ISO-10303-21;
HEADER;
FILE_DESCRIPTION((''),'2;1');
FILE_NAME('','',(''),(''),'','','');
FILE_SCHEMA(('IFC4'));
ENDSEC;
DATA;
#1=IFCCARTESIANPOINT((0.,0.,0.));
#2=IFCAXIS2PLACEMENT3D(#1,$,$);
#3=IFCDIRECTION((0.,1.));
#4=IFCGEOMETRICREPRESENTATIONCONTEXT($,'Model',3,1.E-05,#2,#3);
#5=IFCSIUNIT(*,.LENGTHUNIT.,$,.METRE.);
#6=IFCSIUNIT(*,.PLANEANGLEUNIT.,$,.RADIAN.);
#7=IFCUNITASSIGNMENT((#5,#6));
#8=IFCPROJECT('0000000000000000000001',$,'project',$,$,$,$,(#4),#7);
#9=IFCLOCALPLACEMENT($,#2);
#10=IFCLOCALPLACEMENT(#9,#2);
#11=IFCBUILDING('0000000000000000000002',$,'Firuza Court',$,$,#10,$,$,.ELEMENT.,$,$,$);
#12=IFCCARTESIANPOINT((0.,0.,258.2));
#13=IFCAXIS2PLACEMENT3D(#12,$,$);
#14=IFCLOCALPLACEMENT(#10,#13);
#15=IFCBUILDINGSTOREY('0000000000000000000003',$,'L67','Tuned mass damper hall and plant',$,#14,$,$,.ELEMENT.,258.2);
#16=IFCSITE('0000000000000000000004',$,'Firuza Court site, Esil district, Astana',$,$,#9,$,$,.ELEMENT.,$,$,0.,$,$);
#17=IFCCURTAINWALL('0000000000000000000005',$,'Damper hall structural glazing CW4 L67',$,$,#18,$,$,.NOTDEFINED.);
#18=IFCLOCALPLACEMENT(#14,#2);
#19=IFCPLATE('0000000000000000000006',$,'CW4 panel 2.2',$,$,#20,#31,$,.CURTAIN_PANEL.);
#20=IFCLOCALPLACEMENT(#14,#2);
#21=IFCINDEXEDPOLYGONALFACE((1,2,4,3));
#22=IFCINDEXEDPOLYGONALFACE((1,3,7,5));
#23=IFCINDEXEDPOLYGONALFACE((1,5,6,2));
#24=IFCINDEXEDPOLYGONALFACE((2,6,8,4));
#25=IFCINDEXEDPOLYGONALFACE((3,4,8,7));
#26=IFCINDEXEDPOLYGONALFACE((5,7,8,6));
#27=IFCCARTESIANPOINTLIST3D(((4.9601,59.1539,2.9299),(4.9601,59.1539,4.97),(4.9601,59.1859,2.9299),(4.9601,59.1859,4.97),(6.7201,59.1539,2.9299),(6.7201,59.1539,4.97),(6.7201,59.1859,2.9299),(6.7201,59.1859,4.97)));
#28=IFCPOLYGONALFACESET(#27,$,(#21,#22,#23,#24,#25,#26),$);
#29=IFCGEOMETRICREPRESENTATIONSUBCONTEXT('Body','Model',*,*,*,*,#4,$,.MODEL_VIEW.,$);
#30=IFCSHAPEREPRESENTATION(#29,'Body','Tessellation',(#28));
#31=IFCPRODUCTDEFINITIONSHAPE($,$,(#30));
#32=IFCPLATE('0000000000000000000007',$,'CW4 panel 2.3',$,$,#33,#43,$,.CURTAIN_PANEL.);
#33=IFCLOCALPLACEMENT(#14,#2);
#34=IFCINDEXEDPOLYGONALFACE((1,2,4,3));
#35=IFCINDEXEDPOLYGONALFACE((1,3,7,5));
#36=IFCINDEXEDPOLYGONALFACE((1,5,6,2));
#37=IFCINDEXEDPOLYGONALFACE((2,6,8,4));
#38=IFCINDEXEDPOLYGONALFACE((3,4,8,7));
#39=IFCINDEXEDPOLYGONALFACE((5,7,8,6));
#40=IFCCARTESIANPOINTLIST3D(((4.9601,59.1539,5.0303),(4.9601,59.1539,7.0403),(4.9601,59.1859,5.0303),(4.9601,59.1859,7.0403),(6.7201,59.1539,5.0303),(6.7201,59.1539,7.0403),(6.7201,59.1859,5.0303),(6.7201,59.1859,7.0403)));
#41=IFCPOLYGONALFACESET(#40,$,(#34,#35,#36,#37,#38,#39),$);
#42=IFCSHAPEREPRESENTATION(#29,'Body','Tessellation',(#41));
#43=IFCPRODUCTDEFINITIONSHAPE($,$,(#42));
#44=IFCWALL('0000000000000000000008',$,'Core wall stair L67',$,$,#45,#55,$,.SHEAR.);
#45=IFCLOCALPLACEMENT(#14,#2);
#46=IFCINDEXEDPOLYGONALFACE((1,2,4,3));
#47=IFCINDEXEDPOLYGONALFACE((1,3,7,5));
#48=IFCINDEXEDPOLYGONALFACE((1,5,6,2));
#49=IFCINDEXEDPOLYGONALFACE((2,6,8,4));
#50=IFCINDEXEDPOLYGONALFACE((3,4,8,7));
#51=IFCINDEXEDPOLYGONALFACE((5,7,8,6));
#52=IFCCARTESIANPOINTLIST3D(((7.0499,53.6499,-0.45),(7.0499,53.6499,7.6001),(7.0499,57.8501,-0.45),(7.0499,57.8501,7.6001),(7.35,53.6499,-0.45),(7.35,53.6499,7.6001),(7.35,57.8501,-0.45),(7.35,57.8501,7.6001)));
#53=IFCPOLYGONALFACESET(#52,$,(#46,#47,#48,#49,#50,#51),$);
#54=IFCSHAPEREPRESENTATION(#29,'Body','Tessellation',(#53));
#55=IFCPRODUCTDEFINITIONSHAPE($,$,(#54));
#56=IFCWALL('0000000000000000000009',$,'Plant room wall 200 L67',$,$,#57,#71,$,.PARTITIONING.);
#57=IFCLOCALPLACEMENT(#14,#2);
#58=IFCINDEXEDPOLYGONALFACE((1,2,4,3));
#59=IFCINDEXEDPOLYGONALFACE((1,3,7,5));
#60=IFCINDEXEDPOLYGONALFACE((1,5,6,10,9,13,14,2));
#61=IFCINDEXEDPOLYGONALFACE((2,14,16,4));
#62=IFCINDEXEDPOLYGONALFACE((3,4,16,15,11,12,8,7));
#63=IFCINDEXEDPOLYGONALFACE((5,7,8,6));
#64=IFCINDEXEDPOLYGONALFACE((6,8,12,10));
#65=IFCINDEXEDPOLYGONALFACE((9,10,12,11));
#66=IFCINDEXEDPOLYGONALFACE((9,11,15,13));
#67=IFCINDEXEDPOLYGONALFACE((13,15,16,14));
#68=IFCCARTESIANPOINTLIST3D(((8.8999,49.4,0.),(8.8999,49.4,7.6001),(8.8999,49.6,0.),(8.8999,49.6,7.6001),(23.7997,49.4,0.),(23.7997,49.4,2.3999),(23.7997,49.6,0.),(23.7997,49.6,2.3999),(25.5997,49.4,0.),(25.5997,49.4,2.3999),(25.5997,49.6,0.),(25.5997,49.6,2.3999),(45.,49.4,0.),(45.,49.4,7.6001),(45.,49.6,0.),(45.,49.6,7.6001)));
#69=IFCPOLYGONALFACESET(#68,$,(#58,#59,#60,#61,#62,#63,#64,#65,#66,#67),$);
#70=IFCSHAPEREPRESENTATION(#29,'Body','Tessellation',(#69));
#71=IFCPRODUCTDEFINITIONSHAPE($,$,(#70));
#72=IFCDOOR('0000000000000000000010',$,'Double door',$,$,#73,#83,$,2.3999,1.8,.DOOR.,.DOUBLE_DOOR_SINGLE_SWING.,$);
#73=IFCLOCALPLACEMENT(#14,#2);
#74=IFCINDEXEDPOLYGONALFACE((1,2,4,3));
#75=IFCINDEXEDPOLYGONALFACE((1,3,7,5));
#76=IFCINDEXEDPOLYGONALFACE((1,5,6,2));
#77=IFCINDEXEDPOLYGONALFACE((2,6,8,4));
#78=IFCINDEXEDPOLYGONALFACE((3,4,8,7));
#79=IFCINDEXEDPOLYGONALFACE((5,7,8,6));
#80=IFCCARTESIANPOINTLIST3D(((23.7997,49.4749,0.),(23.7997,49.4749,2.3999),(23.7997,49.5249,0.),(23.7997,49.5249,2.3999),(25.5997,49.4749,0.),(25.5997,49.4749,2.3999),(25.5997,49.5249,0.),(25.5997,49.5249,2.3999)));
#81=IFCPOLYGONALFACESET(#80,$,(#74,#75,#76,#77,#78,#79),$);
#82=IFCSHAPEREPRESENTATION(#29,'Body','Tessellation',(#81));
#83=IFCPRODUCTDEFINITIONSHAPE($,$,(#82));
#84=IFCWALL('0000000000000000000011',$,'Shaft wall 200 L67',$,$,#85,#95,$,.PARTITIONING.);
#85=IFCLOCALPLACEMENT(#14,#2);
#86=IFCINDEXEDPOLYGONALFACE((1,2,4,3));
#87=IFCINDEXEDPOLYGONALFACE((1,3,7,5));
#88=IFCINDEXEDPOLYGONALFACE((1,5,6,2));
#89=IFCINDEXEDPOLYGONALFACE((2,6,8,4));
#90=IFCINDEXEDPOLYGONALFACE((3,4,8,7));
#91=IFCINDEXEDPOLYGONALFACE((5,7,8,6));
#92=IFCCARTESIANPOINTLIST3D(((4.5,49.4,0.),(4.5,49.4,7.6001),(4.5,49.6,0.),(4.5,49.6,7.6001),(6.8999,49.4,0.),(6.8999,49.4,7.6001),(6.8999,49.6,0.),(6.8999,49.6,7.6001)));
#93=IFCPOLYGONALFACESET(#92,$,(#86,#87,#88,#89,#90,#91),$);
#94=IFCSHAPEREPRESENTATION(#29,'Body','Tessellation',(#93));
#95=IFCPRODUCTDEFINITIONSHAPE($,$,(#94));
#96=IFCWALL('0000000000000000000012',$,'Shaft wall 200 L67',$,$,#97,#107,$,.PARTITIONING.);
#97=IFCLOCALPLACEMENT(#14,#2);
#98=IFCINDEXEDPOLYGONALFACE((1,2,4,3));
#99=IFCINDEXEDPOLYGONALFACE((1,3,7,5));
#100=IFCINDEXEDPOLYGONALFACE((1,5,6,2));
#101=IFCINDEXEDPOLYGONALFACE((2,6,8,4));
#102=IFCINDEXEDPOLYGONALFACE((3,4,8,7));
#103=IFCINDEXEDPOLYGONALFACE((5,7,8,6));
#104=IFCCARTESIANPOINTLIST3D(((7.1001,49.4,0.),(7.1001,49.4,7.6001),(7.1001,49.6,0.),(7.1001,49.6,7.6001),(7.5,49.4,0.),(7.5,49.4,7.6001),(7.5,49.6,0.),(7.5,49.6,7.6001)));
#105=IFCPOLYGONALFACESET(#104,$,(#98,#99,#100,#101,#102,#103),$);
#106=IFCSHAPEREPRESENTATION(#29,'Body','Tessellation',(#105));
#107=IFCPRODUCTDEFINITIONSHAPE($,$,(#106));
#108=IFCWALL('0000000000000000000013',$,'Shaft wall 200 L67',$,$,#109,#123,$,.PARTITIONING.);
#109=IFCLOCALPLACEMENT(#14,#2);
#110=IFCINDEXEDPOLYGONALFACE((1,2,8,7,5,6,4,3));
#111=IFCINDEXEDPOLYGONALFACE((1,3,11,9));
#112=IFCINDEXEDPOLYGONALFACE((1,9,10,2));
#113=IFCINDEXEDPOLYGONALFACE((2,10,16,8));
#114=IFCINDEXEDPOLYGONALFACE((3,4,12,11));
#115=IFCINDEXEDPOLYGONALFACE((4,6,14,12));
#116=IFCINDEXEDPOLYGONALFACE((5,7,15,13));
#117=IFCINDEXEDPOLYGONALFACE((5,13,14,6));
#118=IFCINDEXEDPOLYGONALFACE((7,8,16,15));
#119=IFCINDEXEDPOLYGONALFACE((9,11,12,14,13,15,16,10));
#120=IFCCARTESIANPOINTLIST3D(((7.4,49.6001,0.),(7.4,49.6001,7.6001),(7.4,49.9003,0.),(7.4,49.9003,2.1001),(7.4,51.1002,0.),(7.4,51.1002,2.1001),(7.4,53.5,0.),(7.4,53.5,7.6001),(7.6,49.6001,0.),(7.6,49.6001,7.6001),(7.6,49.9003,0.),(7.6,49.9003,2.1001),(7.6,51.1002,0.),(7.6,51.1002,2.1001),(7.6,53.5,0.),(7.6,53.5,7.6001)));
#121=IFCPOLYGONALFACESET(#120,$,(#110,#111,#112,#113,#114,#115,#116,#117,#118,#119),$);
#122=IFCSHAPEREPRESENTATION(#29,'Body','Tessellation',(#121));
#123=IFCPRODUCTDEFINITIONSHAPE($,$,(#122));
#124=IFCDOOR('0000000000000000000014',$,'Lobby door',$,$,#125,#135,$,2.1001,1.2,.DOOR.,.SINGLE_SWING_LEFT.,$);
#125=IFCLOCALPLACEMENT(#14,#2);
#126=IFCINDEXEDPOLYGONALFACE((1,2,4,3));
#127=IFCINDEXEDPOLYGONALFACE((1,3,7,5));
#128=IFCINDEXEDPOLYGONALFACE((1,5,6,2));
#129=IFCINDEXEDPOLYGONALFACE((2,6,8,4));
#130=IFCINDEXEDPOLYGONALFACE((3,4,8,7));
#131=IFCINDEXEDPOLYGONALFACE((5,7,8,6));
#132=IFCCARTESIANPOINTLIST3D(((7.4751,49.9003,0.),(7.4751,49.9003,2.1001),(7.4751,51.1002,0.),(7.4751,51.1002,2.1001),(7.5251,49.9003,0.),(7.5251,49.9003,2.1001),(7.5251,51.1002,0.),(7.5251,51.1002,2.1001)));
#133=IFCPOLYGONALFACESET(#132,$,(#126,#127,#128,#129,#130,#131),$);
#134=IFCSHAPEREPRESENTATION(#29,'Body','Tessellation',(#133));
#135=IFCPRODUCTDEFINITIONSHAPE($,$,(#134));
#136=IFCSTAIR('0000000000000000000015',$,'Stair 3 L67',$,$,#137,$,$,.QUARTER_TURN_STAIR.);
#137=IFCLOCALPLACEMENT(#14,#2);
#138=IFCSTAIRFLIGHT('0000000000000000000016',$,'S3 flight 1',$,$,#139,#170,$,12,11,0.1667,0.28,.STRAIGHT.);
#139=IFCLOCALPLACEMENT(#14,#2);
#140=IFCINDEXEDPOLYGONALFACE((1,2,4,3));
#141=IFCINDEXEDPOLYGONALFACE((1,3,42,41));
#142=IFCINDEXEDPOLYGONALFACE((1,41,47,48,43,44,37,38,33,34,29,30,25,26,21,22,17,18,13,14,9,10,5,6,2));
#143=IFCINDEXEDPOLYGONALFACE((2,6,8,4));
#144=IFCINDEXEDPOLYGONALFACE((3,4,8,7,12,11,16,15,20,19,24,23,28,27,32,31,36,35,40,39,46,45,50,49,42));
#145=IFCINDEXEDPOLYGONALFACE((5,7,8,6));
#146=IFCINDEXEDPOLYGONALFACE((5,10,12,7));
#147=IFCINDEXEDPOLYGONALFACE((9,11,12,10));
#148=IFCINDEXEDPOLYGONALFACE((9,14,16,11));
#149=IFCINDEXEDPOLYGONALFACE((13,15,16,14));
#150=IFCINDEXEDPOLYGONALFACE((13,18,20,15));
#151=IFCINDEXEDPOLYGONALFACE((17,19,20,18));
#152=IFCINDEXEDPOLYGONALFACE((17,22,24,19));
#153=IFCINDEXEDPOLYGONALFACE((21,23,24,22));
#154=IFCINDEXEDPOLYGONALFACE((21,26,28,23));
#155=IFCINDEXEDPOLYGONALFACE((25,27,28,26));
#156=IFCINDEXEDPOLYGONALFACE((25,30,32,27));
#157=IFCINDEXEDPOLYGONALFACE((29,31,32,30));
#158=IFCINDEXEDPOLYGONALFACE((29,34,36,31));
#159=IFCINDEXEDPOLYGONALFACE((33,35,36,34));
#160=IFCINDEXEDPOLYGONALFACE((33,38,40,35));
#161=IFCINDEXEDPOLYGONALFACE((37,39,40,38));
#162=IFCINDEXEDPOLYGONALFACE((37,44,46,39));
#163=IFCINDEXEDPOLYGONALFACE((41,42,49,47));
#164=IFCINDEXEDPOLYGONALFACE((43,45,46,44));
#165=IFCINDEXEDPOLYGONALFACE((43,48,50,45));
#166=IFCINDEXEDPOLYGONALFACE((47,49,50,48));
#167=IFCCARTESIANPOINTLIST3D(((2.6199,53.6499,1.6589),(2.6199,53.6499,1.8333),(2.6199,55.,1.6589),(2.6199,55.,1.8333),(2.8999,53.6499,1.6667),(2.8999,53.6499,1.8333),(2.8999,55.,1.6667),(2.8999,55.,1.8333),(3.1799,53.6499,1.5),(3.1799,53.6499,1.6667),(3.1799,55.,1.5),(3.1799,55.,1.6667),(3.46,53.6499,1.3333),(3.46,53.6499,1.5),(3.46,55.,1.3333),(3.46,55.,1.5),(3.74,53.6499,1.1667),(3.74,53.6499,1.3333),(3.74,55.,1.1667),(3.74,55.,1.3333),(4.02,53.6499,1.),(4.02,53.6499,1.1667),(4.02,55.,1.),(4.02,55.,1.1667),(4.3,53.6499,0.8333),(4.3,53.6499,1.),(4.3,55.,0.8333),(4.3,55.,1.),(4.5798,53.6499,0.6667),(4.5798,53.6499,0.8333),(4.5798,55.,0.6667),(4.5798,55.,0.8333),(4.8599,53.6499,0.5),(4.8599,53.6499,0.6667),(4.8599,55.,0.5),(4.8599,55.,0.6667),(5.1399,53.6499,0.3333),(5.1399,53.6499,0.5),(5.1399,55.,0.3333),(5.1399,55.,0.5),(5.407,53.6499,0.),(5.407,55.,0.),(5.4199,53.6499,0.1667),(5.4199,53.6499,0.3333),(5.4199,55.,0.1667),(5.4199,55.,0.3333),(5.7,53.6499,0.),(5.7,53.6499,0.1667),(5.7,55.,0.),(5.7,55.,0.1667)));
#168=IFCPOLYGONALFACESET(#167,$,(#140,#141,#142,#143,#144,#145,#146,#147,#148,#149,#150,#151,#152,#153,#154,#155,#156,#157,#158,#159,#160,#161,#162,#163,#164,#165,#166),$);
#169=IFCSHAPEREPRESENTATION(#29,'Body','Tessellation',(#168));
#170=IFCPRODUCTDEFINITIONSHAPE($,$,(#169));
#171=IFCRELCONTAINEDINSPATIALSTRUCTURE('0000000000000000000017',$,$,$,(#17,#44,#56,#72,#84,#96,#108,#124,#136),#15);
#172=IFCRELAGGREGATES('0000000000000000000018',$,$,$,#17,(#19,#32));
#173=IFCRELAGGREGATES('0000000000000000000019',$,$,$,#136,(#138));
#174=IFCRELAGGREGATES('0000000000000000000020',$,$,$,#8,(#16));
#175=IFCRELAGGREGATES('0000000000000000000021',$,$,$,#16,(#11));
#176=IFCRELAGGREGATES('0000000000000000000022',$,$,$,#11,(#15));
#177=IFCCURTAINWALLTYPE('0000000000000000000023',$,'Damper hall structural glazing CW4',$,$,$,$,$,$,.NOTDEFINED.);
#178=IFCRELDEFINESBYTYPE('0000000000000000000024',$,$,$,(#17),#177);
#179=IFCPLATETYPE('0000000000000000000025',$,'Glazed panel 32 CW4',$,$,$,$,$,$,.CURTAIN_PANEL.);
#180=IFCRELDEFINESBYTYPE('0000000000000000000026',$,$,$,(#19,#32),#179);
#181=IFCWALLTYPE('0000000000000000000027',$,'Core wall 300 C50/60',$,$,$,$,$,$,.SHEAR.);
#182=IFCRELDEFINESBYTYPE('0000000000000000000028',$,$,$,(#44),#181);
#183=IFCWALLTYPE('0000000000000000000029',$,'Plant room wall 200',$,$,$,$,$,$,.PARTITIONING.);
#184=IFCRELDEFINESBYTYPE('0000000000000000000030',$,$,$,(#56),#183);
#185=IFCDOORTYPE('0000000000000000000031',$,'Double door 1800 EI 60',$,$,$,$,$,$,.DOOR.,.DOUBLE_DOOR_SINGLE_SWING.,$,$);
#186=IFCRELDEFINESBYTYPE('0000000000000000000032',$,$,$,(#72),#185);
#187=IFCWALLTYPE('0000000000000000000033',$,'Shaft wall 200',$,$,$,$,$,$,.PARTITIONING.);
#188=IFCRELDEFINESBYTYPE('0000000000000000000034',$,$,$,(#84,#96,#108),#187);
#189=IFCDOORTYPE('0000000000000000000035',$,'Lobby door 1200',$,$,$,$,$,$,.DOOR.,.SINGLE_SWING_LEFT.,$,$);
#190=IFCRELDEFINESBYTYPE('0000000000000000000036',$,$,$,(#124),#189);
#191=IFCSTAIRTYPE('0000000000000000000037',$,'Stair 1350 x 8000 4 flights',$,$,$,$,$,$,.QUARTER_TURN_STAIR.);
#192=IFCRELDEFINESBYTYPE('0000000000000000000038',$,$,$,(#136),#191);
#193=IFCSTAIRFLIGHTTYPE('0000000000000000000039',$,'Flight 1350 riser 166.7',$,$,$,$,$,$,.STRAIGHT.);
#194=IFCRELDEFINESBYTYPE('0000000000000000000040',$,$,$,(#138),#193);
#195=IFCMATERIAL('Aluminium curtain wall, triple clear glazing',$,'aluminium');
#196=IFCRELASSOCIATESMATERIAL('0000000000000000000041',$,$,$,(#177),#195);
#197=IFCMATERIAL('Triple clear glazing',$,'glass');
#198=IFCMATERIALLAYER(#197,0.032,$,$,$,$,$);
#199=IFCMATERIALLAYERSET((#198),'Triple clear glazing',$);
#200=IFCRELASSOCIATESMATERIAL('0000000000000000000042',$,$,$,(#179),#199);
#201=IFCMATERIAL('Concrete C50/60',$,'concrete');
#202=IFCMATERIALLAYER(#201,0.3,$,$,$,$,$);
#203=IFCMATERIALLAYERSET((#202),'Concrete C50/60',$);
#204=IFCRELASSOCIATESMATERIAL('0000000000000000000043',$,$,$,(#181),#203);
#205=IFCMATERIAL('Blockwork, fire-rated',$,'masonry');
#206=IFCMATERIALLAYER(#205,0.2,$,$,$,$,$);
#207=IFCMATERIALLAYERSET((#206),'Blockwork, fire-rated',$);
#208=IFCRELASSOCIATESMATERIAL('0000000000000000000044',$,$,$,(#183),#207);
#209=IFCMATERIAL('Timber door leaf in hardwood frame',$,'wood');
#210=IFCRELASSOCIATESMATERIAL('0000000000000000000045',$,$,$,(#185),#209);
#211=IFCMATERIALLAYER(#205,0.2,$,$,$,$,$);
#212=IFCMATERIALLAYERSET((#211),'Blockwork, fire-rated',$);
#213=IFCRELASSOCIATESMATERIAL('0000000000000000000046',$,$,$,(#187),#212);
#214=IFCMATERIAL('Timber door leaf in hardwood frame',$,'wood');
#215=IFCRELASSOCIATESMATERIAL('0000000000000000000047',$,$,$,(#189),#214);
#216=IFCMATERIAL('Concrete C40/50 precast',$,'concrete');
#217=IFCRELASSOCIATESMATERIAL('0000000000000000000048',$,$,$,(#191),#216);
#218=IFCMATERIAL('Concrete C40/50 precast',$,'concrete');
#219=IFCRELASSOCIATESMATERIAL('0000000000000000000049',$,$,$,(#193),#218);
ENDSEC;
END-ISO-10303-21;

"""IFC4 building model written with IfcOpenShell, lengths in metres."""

from ifc_helpers import new_model, si_unit, direction, frame, frame_2d, origin, origin_2d, place, context, subcontext, project, spatial, polyline, rectangle, outline, extrude, material, layer, layer_set, type_object, element, fill, aggregate, save


model = new_model("IFC4")

# Units and contexts
model_context = context("Model", 3, precision=1e-05, world=origin(), true_north=direction((0.0, 1.0)))
body_context = subcontext(model_context, "Body", "Model", "MODEL_VIEW")
ifc_project = project(units=[si_unit("LENGTHUNIT", "METRE"), si_unit("PLANEANGLEUNIT", "RADIAN")], contexts=[model_context])

# Site, building, storey
site_placement = place(None, origin())
site = spatial("IfcSite", under=ifc_project, at=site_placement, Name="Firuza Court site, Esil district, Astana", CompositionType="ELEMENT", RefElevation=0.0)
building_placement = place(site_placement, origin())
building = spatial("IfcBuilding", under=site, at=building_placement, Name="Firuza Court", CompositionType="ELEMENT")
storey_placement = place(building_placement, frame((0.0, 0.0, 258.2)))
storey = spatial("IfcBuildingStorey", under=building, at=storey_placement, Name="L67", Description="Tuned mass damper hall and plant", CompositionType="ELEMENT", Elevation=258.2)

# Curtain wall
ifc_material_1 = material(Name="Aluminium curtain wall, triple clear glazing", Category="aluminium")
curtain_wall_type = type_object("IfcCurtainWallType", Name="Damper hall structural glazing CW4", PredefinedType="NOTDEFINED", material=ifc_material_1)
curtain_wall_1_placement = place(storey_placement, origin())
curtain_wall_1 = element("IfcCurtainWall", 1, at=curtain_wall_1_placement, inside=storey, type_object=curtain_wall_type, Name="Damper hall structural glazing CW4 L67", PredefinedType="NOTDEFINED")

# Plates
ifc_material_2 = material(Name="Triple clear glazing", Category="glass")
ifc_layer_1 = layer(ifc_material_2, 0.032)
ifc_layer_set_1 = layer_set([ifc_layer_1], Name="Triple clear glazing")
plate_type = type_object("IfcPlateType", Name="Glazed panel 32 CW4", PredefinedType="CURTAIN_PANEL", material=ifc_layer_set_1)
plate_1_placement = place(storey_placement, frame((5.8401, 59.1699, 2.9299), z_axis=(0.0, 0.0, 1.0), x_axis=(-1.0, 0.0, 0.0)))
plate_1 = element("IfcPlate", 2, at=plate_1_placement, type_object=plate_type, Name="CW4 panel 2.2", PredefinedType="CURTAIN_PANEL", context=body_context, shape_type="SweptSolid", body=[
    extrude(rectangle(XDim=1.76, YDim=0.032, at=origin_2d()), origin(), (0.0, 0.0, 1.0), 2.04),
])
plate_2_placement = place(storey_placement, frame((5.8401, 59.1699, 5.0303), z_axis=(0.0, 0.0, 1.0), x_axis=(-1.0, 0.0, 0.0)))
plate_2 = element("IfcPlate", 3, at=plate_2_placement, type_object=plate_type, Name="CW4 panel 2.3", PredefinedType="CURTAIN_PANEL", context=body_context, shape_type="SweptSolid", body=[
    extrude(rectangle(XDim=1.76, YDim=0.032, at=origin_2d()), origin(), (0.0, 0.0, 1.0), 2.01),
])
aggregate(curtain_wall_1, [plate_1, plate_2])

# Wall
ifc_material_3 = material(Name="Concrete C50/60", Category="concrete")
ifc_layer_2 = layer(ifc_material_3, 0.3)
ifc_layer_set_2 = layer_set([ifc_layer_2], Name="Concrete C50/60")
wall_type_1 = type_object("IfcWallType", Name="Core wall 300 C50/60", PredefinedType="SHEAR", material=ifc_layer_set_2)
wall_1_placement = place(storey_placement, frame((7.2, 53.6499, -0.45), z_axis=(0.0, 0.0, 1.0), x_axis=(0.0, 1.0, 0.0)))
element("IfcWall", 4, at=wall_1_placement, inside=storey, type_object=wall_type_1, Name="Core wall stair L67", PredefinedType="SHEAR", context=body_context, shape_type="SweptSolid", body=[
    extrude(rectangle(XDim=4.2002, YDim=0.3, at=frame_2d((2.1001, 0.0))), origin(), (0.0, 0.0, 1.0), 8.05),
])

# Wall, opening, door
ifc_material_4 = material(Name="Blockwork, fire-rated", Category="masonry")
ifc_layer_3 = layer(ifc_material_4, 0.2)
ifc_layer_set_3 = layer_set([ifc_layer_3], Name="Blockwork, fire-rated")
wall_type_2 = type_object("IfcWallType", Name="Plant room wall 200", PredefinedType="PARTITIONING", material=ifc_layer_set_3)
wall_2_placement = place(storey_placement, frame((8.8999, 49.5, 0.0), z_axis=(0.0, 0.0, 1.0), x_axis=(1.0, 0.0, 0.0)))
wall_2 = element("IfcWall", 5, at=wall_2_placement, inside=storey, type_object=wall_type_2, Name="Plant room wall 200 L67", PredefinedType="PARTITIONING", context=body_context, shape_type="SweptSolid", body=[
    extrude(rectangle(XDim=36.1001, YDim=0.2, at=frame_2d((18.05, 0.0))), origin(), (0.0, 0.0, 1.0), 7.6001),
])
opening_1_placement = place(wall_2_placement, frame((14.8999, 0.0, 0.0)))
opening_1 = element("IfcOpeningElement", 6, at=opening_1_placement, cuts=wall_2, PredefinedType="OPENING", context=body_context, shape_type="SweptSolid", body=[
    extrude(rectangle(XDim=1.8, YDim=2.3999, at=frame_2d((0.8999, 1.2))), frame((0.0, 0.1118, 0.0), z_axis=(0.0, -1.0, 0.0), x_axis=(1.0, 0.0, 0.0)), (0.0, 0.0, 1.0), 0.2239),
])
ifc_material_5 = material(Name="Timber door leaf in hardwood frame", Category="wood")
door_type_1 = type_object("IfcDoorType", Name="Double door 1800 EI 60", OperationType="DOUBLE_DOOR_SINGLE_SWING", PredefinedType="DOOR", material=ifc_material_5)
door_1_placement = place(opening_1_placement, origin())
door_1 = element("IfcDoor", 7, at=door_1_placement, inside=storey, type_object=door_type_1, Name="Double door", OperationType="DOUBLE_DOOR_SINGLE_SWING", OverallHeight=2.3999, OverallWidth=1.8, PredefinedType="DOOR", context=body_context, shape_type="SweptSolid", body=[
    extrude(rectangle(XDim=1.8, YDim=2.3999, at=frame_2d((0.8999, 1.2))), frame((0.0, 0.0249, 0.0), z_axis=(0.0, -1.0, 0.0), x_axis=(1.0, 0.0, 0.0)), (0.0, 0.0, 1.0), 0.05),
])
fill(opening_1, door_1)

# Walls
ifc_layer_4 = layer(ifc_material_4, 0.2)
ifc_layer_set_4 = layer_set([ifc_layer_4], Name="Blockwork, fire-rated")
wall_type_3 = type_object("IfcWallType", Name="Shaft wall 200", PredefinedType="PARTITIONING", material=ifc_layer_set_4)
wall_3_placement = place(storey_placement, frame((4.5, 49.5, 0.0), z_axis=(0.0, 0.0, 1.0), x_axis=(1.0, 0.0, 0.0)))
element("IfcWall", 8, at=wall_3_placement, inside=storey, type_object=wall_type_3, Name="Shaft wall 200 L67", PredefinedType="PARTITIONING", context=body_context, shape_type="SweptSolid", body=[
    extrude(rectangle(XDim=2.3999, YDim=0.2, at=frame_2d((1.2, 0.0))), origin(), (0.0, 0.0, 1.0), 7.6001),
])
wall_4_placement = place(storey_placement, frame((7.1001, 49.5, 0.0), z_axis=(0.0, 0.0, 1.0), x_axis=(1.0, 0.0, 0.0)))
element("IfcWall", 9, at=wall_4_placement, inside=storey, type_object=wall_type_3, Name="Shaft wall 200 L67", PredefinedType="PARTITIONING", context=body_context, shape_type="SweptSolid", body=[
    extrude(rectangle(XDim=0.3999, YDim=0.2, at=frame_2d((0.2, 0.0))), origin(), (0.0, 0.0, 1.0), 7.6001),
])

# Wall, opening, door
wall_5_placement = place(storey_placement, frame((7.5, 49.6001, 0.0), z_axis=(0.0, 0.0, 1.0), x_axis=(0.0, 1.0, 0.0)))
wall_5 = element("IfcWall", 10, at=wall_5_placement, inside=storey, type_object=wall_type_3, Name="Shaft wall 200 L67", PredefinedType="PARTITIONING", context=body_context, shape_type="SweptSolid", body=[
    extrude(rectangle(XDim=3.8999, YDim=0.2, at=frame_2d((1.95, 0.0))), origin(), (0.0, 0.0, 1.0), 7.6001),
])
opening_2_placement = place(wall_5_placement, frame((0.3, 0.0, 0.0)))
opening_2 = element("IfcOpeningElement", 11, at=opening_2_placement, cuts=wall_5, PredefinedType="OPENING", context=body_context, shape_type="SweptSolid", body=[
    extrude(rectangle(XDim=1.2, YDim=2.1001, at=frame_2d((0.6001, 1.05))), frame((0.0, 0.1118, 0.0), z_axis=(0.0, -1.0, 0.0), x_axis=(1.0, 0.0, 0.0)), (0.0, 0.0, 1.0), 0.2239),
])
ifc_material_6 = material(Name="Timber door leaf in hardwood frame", Category="wood")
door_type_2 = type_object("IfcDoorType", Name="Lobby door 1200", OperationType="SINGLE_SWING_LEFT", PredefinedType="DOOR", material=ifc_material_6)
door_2_placement = place(opening_2_placement, origin())
door_2 = element("IfcDoor", 12, at=door_2_placement, inside=storey, type_object=door_type_2, Name="Lobby door", OperationType="SINGLE_SWING_LEFT", OverallHeight=2.1001, OverallWidth=1.2, PredefinedType="DOOR", context=body_context, shape_type="SweptSolid", body=[
    extrude(rectangle(XDim=1.2, YDim=2.1001, at=frame_2d((0.6001, 1.05))), frame((0.0, 0.0249, 0.0), z_axis=(0.0, -1.0, 0.0), x_axis=(1.0, 0.0, 0.0)), (0.0, 0.0, 1.0), 0.05),
])
fill(opening_2, door_2)

# Stair, stair flight
ifc_material_7 = material(Name="Concrete C40/50 precast", Category="concrete")
stair_type = type_object("IfcStairType", Name="Stair 1350 x 8000 4 flights", PredefinedType="QUARTER_TURN_STAIR", material=ifc_material_7)
stair_placement = place(storey_placement, origin())
stair = element("IfcStair", 13, at=stair_placement, inside=storey, type_object=stair_type, Name="Stair 3 L67", PredefinedType="QUARTER_TURN_STAIR")
ifc_material_8 = material(Name="Concrete C40/50 precast", Category="concrete")
stair_flight_type = type_object("IfcStairFlightType", Name="Flight 1350 riser 166.7", PredefinedType="STRAIGHT", material=ifc_material_8)
stair_flight_1_placement = place(storey_placement, frame((5.7, 54.325, 0.0), z_axis=(0.0, 0.0, 1.0), x_axis=(-1.0, 0.0, 0.0)))
stair_flight_1 = element("IfcStairFlight", 14, at=stair_flight_1_placement, type_object=stair_flight_type, Name="S3 flight 1", NumberOfRisers=12, NumberOfTreads=11, PredefinedType="STRAIGHT", RiserHeight=0.1667, TreadLength=0.28, context=body_context, shape_type="SweptSolid", body=[
    extrude(outline(polyline([(0.0, 0.0), (0.0, 0.1667), (0.28, 0.1667), (0.28, 0.3333), (0.5601, 0.3333), (0.5601, 0.5), (0.8401, 0.5), (0.8401, 0.6667), (1.1201, 0.6667), (1.1201, 0.8333), (1.3999, 0.8333), (1.3999, 1.0), (1.6799, 1.0), (1.6799, 1.1667), (1.96, 1.1667), (1.96, 1.3333), (2.24, 1.3333), (2.24, 1.5), (2.52, 1.5), (2.52, 1.6667), (2.8, 1.6667), (2.8, 1.8333), (3.0801, 1.8333), (3.0801, 2.0), (3.0801, 1.6589), (0.293, 0.0), (0.0, 0.0)])), frame((0.0, 0.675, 0.0), z_axis=(0.0, -1.0, 0.0), x_axis=(1.0, 0.0, 0.0)), (0.0, 0.0, 1.0), 1.3501),
])
aggregate(stair, [stair_flight_1])

save(model, "model.ifc")
